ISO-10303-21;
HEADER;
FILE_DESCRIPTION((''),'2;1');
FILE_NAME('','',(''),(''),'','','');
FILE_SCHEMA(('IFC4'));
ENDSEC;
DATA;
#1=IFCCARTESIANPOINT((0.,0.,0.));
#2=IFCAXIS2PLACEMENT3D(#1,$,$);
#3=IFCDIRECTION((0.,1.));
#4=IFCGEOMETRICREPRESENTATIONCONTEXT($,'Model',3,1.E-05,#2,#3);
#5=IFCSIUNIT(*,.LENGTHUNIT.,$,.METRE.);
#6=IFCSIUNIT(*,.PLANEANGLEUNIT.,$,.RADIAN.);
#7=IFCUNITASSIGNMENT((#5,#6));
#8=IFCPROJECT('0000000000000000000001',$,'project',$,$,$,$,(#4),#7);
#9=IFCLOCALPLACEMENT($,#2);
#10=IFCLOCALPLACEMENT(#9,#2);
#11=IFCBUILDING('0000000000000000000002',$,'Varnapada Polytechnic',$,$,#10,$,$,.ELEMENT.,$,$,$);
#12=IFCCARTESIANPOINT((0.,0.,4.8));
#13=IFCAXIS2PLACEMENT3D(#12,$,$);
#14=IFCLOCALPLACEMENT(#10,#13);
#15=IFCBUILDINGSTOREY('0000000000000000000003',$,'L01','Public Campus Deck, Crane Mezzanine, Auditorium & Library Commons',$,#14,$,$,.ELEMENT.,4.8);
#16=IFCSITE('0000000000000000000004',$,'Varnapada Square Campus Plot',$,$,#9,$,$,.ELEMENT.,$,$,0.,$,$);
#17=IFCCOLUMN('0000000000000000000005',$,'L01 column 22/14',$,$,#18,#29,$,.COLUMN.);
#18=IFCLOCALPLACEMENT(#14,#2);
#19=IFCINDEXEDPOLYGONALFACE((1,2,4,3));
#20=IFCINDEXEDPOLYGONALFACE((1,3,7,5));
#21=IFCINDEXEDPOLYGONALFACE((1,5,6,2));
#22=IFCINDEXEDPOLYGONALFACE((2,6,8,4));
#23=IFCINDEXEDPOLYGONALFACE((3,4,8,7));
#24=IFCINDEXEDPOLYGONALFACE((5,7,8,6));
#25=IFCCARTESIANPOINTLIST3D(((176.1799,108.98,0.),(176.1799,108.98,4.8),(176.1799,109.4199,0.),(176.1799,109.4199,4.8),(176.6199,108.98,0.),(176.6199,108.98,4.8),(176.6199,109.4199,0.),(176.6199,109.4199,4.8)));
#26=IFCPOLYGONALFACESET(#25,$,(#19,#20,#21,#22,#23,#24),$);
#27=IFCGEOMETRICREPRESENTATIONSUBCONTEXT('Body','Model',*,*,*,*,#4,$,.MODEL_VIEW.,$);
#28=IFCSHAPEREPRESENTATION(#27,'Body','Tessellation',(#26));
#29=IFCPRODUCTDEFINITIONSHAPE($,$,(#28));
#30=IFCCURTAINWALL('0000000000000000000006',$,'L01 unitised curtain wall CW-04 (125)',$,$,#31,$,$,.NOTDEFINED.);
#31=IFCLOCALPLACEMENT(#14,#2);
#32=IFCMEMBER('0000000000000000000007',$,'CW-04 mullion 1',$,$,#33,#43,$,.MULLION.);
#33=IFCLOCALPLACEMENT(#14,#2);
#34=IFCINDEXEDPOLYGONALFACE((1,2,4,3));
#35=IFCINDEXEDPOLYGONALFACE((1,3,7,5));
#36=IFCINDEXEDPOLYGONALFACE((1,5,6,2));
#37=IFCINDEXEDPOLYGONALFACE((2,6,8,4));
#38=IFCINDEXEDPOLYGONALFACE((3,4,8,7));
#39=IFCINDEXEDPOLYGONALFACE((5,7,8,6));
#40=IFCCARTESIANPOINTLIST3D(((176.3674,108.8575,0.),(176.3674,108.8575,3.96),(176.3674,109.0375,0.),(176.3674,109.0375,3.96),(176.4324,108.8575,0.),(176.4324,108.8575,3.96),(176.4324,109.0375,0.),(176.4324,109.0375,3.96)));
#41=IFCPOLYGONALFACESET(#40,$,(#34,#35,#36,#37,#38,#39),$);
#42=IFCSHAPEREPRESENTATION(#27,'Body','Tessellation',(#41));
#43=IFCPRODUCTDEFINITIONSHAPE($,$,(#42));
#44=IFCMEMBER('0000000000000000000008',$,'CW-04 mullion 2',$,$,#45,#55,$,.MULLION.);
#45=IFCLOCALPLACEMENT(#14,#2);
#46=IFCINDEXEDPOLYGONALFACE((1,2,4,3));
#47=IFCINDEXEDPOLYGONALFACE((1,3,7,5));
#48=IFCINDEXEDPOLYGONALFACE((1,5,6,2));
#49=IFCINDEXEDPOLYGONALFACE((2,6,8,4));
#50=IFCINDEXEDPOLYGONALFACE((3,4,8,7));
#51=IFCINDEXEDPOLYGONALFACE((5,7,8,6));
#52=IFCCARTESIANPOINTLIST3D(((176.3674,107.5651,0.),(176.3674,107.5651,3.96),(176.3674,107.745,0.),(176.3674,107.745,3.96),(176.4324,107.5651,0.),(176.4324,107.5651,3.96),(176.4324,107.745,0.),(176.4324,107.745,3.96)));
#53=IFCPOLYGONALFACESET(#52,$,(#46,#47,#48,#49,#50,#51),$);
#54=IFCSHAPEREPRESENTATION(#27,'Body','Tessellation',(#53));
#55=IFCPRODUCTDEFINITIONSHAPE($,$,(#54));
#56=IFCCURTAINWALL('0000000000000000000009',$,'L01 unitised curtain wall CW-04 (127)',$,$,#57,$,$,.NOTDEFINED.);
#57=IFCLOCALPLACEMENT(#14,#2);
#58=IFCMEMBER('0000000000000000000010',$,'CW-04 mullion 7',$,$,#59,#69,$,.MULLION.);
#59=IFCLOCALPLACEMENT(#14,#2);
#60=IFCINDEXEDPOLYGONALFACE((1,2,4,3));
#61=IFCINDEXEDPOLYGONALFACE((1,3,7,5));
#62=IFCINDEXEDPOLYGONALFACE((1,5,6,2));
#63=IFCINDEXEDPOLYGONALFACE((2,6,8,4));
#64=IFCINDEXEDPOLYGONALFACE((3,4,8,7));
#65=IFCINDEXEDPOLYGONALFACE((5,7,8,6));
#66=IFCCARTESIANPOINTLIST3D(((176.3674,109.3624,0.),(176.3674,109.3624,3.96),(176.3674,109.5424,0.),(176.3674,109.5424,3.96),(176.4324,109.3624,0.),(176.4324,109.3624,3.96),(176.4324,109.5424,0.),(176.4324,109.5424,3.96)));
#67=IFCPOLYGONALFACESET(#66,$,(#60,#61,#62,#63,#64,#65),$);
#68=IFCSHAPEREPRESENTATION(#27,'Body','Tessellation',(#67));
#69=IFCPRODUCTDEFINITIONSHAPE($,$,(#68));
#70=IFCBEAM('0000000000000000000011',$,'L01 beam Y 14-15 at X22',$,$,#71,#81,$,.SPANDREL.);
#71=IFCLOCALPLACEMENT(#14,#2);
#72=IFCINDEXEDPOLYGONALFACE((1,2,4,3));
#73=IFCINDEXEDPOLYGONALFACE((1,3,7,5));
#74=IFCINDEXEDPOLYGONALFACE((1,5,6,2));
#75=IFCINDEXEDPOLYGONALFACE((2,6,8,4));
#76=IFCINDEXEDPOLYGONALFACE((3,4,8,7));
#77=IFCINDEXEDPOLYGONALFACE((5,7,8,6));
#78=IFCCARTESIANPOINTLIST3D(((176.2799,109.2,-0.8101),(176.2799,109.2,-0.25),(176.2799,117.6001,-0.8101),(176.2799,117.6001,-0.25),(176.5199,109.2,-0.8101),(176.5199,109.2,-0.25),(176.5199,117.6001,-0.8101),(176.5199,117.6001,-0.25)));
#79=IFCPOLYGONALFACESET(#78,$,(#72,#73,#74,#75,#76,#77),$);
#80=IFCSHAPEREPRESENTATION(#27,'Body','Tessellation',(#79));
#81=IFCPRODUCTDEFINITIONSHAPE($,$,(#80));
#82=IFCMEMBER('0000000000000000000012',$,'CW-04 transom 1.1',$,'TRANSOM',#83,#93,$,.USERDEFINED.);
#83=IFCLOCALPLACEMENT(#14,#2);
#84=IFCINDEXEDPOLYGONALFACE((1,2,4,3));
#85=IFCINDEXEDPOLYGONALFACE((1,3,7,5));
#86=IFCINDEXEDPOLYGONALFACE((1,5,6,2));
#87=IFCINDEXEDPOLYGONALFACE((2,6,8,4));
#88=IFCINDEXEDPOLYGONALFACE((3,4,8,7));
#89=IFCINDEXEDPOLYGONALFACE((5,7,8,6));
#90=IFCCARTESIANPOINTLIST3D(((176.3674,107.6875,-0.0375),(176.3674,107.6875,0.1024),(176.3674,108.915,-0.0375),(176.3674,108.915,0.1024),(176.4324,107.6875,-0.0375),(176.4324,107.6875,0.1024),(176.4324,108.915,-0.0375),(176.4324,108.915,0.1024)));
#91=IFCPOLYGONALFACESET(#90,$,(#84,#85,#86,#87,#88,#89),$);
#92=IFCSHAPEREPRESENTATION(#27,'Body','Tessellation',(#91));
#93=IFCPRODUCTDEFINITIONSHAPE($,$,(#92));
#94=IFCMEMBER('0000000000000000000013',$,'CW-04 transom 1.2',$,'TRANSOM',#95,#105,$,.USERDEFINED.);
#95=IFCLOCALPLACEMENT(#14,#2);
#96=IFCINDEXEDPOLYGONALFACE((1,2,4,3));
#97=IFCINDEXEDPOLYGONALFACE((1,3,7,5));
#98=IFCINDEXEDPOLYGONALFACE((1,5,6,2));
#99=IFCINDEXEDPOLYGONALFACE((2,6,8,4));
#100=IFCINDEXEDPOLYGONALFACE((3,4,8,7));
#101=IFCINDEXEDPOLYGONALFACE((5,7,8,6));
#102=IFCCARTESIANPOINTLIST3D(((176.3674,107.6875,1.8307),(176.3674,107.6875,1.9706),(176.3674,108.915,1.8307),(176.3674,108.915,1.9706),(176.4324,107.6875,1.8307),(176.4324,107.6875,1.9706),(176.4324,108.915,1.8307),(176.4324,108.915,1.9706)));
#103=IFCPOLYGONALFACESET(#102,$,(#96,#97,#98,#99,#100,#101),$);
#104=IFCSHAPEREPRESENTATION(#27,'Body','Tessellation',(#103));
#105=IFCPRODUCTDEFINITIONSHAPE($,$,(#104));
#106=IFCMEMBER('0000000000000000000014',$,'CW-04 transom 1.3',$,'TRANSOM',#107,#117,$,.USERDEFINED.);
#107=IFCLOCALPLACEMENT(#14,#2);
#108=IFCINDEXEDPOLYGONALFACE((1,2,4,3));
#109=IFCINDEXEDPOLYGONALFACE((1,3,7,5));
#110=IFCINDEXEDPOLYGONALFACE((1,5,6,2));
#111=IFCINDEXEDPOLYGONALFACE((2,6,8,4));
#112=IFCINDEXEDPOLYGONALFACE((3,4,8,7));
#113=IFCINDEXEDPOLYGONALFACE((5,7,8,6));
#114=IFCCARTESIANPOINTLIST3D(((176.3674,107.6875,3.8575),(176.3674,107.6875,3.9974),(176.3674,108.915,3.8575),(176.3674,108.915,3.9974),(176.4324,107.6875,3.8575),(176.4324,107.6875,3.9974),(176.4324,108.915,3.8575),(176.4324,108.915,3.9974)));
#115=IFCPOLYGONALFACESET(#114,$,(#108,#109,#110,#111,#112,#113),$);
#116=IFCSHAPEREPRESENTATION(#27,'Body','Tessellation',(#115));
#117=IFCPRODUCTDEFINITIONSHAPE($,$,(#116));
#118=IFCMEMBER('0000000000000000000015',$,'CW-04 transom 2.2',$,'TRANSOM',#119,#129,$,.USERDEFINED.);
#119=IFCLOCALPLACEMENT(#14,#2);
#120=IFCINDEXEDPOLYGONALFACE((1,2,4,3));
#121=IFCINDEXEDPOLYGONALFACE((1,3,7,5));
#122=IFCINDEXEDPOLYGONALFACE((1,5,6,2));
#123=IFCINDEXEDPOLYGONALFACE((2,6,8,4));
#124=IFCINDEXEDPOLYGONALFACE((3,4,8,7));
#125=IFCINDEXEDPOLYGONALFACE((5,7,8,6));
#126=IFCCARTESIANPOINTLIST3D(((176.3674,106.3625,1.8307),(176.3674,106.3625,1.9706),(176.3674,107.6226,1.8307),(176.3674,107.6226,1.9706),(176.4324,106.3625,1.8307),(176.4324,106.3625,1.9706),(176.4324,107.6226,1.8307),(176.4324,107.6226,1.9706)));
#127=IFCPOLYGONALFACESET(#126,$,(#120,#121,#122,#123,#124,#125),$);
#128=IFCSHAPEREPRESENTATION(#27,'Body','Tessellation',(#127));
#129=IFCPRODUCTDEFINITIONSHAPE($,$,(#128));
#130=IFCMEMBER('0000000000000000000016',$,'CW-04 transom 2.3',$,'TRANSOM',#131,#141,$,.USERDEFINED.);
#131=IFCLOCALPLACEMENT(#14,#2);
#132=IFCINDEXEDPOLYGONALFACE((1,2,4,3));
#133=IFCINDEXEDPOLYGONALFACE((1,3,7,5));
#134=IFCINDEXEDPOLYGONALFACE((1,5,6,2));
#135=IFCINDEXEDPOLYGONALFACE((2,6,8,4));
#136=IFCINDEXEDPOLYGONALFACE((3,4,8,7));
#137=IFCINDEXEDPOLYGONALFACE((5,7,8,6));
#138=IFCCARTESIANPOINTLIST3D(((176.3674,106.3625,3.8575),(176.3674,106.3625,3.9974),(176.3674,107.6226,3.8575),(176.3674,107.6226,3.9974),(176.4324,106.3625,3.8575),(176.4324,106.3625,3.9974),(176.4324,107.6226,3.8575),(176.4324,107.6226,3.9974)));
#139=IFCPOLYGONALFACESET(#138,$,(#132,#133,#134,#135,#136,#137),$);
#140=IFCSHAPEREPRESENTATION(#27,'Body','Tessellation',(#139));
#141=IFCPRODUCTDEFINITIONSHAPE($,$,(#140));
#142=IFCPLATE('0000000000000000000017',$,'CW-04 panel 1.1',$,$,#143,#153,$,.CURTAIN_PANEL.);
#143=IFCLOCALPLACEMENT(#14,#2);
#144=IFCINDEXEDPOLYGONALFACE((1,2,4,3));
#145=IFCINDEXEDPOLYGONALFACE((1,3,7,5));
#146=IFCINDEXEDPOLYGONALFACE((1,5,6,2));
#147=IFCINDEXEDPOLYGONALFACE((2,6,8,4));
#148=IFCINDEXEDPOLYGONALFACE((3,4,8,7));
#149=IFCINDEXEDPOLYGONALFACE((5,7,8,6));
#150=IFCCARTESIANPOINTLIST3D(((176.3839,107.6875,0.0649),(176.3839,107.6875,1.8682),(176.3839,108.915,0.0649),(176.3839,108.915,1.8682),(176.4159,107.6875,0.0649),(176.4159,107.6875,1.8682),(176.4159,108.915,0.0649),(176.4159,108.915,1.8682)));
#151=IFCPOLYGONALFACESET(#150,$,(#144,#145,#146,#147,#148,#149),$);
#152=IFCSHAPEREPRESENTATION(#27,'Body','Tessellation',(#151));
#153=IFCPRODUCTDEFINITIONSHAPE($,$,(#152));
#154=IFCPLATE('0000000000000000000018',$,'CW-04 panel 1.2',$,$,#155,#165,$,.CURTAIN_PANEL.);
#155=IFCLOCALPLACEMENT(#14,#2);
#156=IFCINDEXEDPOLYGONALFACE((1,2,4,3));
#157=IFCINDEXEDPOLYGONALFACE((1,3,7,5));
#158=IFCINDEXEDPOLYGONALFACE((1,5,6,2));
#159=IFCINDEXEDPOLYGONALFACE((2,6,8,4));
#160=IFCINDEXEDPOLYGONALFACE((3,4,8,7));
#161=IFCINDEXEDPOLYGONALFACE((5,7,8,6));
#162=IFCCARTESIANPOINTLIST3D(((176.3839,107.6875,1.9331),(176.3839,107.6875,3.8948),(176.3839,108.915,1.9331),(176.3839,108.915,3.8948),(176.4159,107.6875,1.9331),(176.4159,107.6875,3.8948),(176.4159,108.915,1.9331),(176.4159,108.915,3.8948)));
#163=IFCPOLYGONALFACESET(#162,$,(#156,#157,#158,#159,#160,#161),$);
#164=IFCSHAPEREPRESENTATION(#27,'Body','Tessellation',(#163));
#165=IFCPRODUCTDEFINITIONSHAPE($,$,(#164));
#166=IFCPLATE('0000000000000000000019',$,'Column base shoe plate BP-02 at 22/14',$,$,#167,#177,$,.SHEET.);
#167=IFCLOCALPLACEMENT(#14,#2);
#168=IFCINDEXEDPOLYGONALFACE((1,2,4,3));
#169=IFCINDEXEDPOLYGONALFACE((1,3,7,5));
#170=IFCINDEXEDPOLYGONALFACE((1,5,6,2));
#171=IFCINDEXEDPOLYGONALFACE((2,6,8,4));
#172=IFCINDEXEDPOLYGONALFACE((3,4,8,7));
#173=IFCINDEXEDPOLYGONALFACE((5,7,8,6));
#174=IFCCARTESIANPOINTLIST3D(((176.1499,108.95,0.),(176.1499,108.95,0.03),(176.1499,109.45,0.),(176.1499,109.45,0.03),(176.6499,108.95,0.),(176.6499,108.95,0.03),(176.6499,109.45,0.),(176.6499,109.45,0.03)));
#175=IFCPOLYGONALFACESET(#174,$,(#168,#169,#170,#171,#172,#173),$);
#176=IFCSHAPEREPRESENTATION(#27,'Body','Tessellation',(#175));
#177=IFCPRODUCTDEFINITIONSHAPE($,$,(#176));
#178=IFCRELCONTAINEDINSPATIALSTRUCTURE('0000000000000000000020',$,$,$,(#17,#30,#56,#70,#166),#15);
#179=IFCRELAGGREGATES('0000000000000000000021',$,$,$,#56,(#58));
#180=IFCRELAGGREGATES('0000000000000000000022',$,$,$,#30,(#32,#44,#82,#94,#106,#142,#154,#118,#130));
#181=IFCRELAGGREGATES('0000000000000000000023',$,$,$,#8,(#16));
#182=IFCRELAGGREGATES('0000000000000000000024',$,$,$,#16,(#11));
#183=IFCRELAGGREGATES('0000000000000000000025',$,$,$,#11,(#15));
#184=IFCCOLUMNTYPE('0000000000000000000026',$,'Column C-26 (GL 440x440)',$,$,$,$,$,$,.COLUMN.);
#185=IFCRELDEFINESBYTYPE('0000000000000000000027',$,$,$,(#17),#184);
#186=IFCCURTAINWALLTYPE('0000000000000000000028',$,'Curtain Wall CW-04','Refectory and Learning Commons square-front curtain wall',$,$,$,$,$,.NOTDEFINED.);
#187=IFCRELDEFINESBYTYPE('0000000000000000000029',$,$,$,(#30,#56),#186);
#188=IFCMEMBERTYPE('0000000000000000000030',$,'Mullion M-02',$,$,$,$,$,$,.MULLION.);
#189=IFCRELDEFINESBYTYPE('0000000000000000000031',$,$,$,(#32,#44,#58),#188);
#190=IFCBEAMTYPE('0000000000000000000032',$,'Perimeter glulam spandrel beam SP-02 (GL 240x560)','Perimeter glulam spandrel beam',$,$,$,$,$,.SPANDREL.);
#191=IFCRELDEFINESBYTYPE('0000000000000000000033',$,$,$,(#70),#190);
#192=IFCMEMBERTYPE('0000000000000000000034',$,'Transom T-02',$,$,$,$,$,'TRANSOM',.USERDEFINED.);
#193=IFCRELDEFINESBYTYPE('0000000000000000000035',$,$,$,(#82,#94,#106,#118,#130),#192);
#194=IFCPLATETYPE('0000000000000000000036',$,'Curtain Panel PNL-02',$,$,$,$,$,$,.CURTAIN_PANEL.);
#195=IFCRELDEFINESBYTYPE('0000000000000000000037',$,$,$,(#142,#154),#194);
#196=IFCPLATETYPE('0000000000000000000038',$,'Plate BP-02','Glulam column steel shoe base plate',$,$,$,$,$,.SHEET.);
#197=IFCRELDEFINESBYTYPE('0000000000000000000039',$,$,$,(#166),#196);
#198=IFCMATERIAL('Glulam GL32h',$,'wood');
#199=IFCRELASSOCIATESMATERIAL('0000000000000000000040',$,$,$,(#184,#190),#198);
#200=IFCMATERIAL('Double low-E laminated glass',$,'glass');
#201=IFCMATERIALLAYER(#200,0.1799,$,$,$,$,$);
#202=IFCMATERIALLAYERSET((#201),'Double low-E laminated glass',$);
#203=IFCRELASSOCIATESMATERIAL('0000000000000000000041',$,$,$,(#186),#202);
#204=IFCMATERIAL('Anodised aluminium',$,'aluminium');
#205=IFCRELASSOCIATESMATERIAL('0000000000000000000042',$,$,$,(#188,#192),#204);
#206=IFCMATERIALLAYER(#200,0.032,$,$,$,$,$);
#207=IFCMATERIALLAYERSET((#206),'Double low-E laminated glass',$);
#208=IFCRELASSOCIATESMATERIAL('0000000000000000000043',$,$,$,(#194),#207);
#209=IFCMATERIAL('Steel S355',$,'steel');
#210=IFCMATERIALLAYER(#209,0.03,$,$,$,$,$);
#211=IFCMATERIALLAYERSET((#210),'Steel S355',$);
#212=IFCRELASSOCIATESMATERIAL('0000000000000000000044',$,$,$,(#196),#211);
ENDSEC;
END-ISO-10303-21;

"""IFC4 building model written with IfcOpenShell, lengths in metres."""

from ifc_helpers import new_model, si_unit, direction, frame, origin, origin_2d, place, context, subcontext, project, spatial, rectangle, extrude, material, layer, layer_set, material_profile, profile_set, type_object, element, aggregate, save


model = new_model("IFC4")

# Units and contexts
model_context = context("Model", 3, precision=1e-05, world=origin(), true_north=direction((0.0, 1.0)))
body_context = subcontext(model_context, "Body", "Model", "MODEL_VIEW")
ifc_project = project(units=[si_unit("LENGTHUNIT", "METRE"), si_unit("PLANEANGLEUNIT", "RADIAN")], contexts=[model_context])

# Site, building, storey
site_placement = place(None, origin())
site = spatial("IfcSite", under=ifc_project, at=site_placement, Name="Varnapada Square Campus Plot", CompositionType="ELEMENT", RefElevation=0.0)
building_placement = place(site_placement, origin())
building = spatial("IfcBuilding", under=site, at=building_placement, Name="Varnapada Polytechnic", CompositionType="ELEMENT")
storey_placement = place(building_placement, frame((0.0, 0.0, 4.8)))
storey = spatial("IfcBuildingStorey", under=building, at=storey_placement, Name="L01", Description="Public Campus Deck, Crane Mezzanine, Auditorium & Library Commons", CompositionType="ELEMENT", Elevation=4.8)

# Column
ifc_material_1 = material(Name="Glulam GL32h", Category="wood")
ifc_material_profile_1 = material_profile(ifc_material_1, rectangle(XDim=0.4399, YDim=0.4399, at=origin_2d()), Name="GL 440x440")
ifc_profile_set_1 = profile_set([ifc_material_profile_1], Name="Glulam GL32h")
column_type = type_object("IfcColumnType", Name="Column C-26 (GL 440x440)", PredefinedType="COLUMN", material=ifc_profile_set_1)
column_placement = place(storey_placement, frame((176.3999, 109.2, 0.0), z_axis=(0.0, 0.0, 1.0), x_axis=(1.0, 0.0, 0.0)))
element("IfcColumn", 1, at=column_placement, inside=storey, type_object=column_type, Name="L01 column 22/14", PredefinedType="COLUMN", context=body_context, shape_type="SweptSolid", body=[
    extrude(rectangle(XDim=0.4399, YDim=0.4399, at=origin_2d()), origin(), (0.0, 0.0, 1.0), 4.8),
])

# Curtain wall, members
ifc_material_2 = material(Name="Double low-E laminated glass", Category="glass")
ifc_layer_1 = layer(ifc_material_2, 0.1799)
ifc_layer_set_1 = layer_set([ifc_layer_1], Name="Double low-E laminated glass")
curtain_wall_type = type_object("IfcCurtainWallType", Name="Curtain Wall CW-04", Description="Refectory and Learning Commons square-front curtain wall", PredefinedType="NOTDEFINED", material=ifc_layer_set_1)
curtain_wall_1_placement = place(storey_placement, origin())
curtain_wall_1 = element("IfcCurtainWall", 2, at=curtain_wall_1_placement, inside=storey, type_object=curtain_wall_type, Name="L01 unitised curtain wall CW-04 (125)", PredefinedType="NOTDEFINED")
ifc_material_3 = material(Name="Anodised aluminium", Category="aluminium")
ifc_material_profile_2 = material_profile(ifc_material_3, rectangle(XDim=0.0649, YDim=0.1799, at=origin_2d()), Name="ALU M65x180")
ifc_profile_set_2 = profile_set([ifc_material_profile_2], Name="Anodised aluminium")
member_type_1 = type_object("IfcMemberType", Name="Mullion M-02", PredefinedType="MULLION", material=ifc_profile_set_2)
member_1_placement = place(storey_placement, frame((176.3999, 108.9475, 0.0), z_axis=(0.0, 0.0, 1.0), x_axis=(1.0, 0.0, 0.0)))
member_1 = element("IfcMember", 3, at=member_1_placement, type_object=member_type_1, Name="CW-04 mullion 1", PredefinedType="MULLION", context=body_context, shape_type="SweptSolid", body=[
    extrude(rectangle(XDim=0.0649, YDim=0.1799, at=origin_2d()), origin(), (0.0, 0.0, 1.0), 3.96),
])
member_2_placement = place(storey_placement, frame((176.3999, 107.655, 0.0), z_axis=(0.0, 0.0, 1.0), x_axis=(1.0, 0.0, 0.0)))
member_2 = element("IfcMember", 4, at=member_2_placement, type_object=member_type_1, Name="CW-04 mullion 2", PredefinedType="MULLION", context=body_context, shape_type="SweptSolid", body=[
    extrude(rectangle(XDim=0.0649, YDim=0.1799, at=origin_2d()), origin(), (0.0, 0.0, 1.0), 3.96),
])

# Curtain wall, member
curtain_wall_2_placement = place(storey_placement, origin())
curtain_wall_2 = element("IfcCurtainWall", 5, at=curtain_wall_2_placement, inside=storey, type_object=curtain_wall_type, Name="L01 unitised curtain wall CW-04 (127)", PredefinedType="NOTDEFINED")
member_3_placement = place(storey_placement, frame((176.3999, 109.4524, 0.0), z_axis=(0.0, 0.0, 1.0), x_axis=(1.0, 0.0, 0.0)))
member_3 = element("IfcMember", 6, at=member_3_placement, type_object=member_type_1, Name="CW-04 mullion 7", PredefinedType="MULLION", context=body_context, shape_type="SweptSolid", body=[
    extrude(rectangle(XDim=0.0649, YDim=0.1799, at=origin_2d()), origin(), (0.0, 0.0, 1.0), 3.96),
])
aggregate(curtain_wall_2, [member_3])

# Beam
ifc_material_profile_3 = material_profile(ifc_material_1, rectangle(XDim=0.24, YDim=0.5601, at=origin_2d()), Name="GL 240x560")
ifc_profile_set_3 = profile_set([ifc_material_profile_3], Name="Glulam GL32h")
beam_type = type_object("IfcBeamType", Name="Perimeter glulam spandrel beam SP-02 (GL 240x560)", Description="Perimeter glulam spandrel beam", PredefinedType="SPANDREL", material=ifc_profile_set_3)
beam_placement = place(storey_placement, frame((176.3999, 109.2, -0.53), z_axis=(0.0, 1.0, 0.0), x_axis=(-1.0, 0.0, 0.0)))
element("IfcBeam", 7, at=beam_placement, inside=storey, type_object=beam_type, Name="L01 beam Y 14-15 at X22", PredefinedType="SPANDREL", context=body_context, shape_type="SweptSolid", body=[
    extrude(rectangle(XDim=0.24, YDim=0.5601, at=origin_2d()), origin(), (0.0, 0.0, 1.0), 8.4001),
])

# Members
ifc_material_profile_4 = material_profile(ifc_material_3, rectangle(XDim=0.0649, YDim=0.1399, at=origin_2d()), Name="ALU T65x140")
ifc_profile_set_4 = profile_set([ifc_material_profile_4], Name="Anodised aluminium")
member_type_2 = type_object("IfcMemberType", Name="Transom T-02", ElementType="TRANSOM", PredefinedType="USERDEFINED", material=ifc_profile_set_4)
member_4_placement = place(storey_placement, frame((176.3999, 108.915, 0.0325), z_axis=(0.0, -1.0, 0.0), x_axis=(1.0, 0.0, 0.0)))
member_4 = element("IfcMember", 8, at=member_4_placement, type_object=member_type_2, Name="CW-04 transom 1.1", ObjectType="TRANSOM", PredefinedType="USERDEFINED", context=body_context, shape_type="SweptSolid", body=[
    extrude(rectangle(XDim=0.0649, YDim=0.1399, at=origin_2d()), origin(), (0.0, 0.0, 1.0), 1.2275),
])
member_5_placement = place(storey_placement, frame((176.3999, 108.915, 1.9006), z_axis=(0.0, -1.0, 0.0), x_axis=(1.0, 0.0, 0.0)))
member_5 = element("IfcMember", 9, at=member_5_placement, type_object=member_type_2, Name="CW-04 transom 1.2", ObjectType="TRANSOM", PredefinedType="USERDEFINED", context=body_context, shape_type="SweptSolid", body=[
    extrude(rectangle(XDim=0.0649, YDim=0.1399, at=origin_2d()), origin(), (0.0, 0.0, 1.0), 1.2275),
])
member_6_placement = place(storey_placement, frame((176.3999, 108.915, 3.9275), z_axis=(0.0, -1.0, 0.0), x_axis=(1.0, 0.0, 0.0)))
member_6 = element("IfcMember", 10, at=member_6_placement, type_object=member_type_2, Name="CW-04 transom 1.3", ObjectType="TRANSOM", PredefinedType="USERDEFINED", context=body_context, shape_type="SweptSolid", body=[
    extrude(rectangle(XDim=0.0649, YDim=0.1399, at=origin_2d()), origin(), (0.0, 0.0, 1.0), 1.2275),
])
member_7_placement = place(storey_placement, frame((176.3999, 107.6226, 1.9006), z_axis=(0.0, -1.0, 0.0), x_axis=(1.0, 0.0, 0.0)))
member_7 = element("IfcMember", 11, at=member_7_placement, type_object=member_type_2, Name="CW-04 transom 2.2", ObjectType="TRANSOM", PredefinedType="USERDEFINED", context=body_context, shape_type="SweptSolid", body=[
    extrude(rectangle(XDim=0.0649, YDim=0.1399, at=origin_2d()), origin(), (0.0, 0.0, 1.0), 1.26),
])
member_8_placement = place(storey_placement, frame((176.3999, 107.6226, 3.9275), z_axis=(0.0, -1.0, 0.0), x_axis=(1.0, 0.0, 0.0)))
member_8 = element("IfcMember", 12, at=member_8_placement, type_object=member_type_2, Name="CW-04 transom 2.3", ObjectType="TRANSOM", PredefinedType="USERDEFINED", context=body_context, shape_type="SweptSolid", body=[
    extrude(rectangle(XDim=0.0649, YDim=0.1399, at=origin_2d()), origin(), (0.0, 0.0, 1.0), 1.26),
])

# Plates
ifc_layer_2 = layer(ifc_material_2, 0.032)
ifc_layer_set_2 = layer_set([ifc_layer_2], Name="Double low-E laminated glass")
plate_type_1 = type_object("IfcPlateType", Name="Curtain Panel PNL-02", PredefinedType="CURTAIN_PANEL", material=ifc_layer_set_2)
plate_1_placement = place(storey_placement, frame((176.3999, 108.3013, 0.0649), z_axis=(0.0, 0.0, 1.0), x_axis=(0.0, -1.0, 0.0)))
plate_1 = element("IfcPlate", 13, at=plate_1_placement, type_object=plate_type_1, Name="CW-04 panel 1.1", PredefinedType="CURTAIN_PANEL", context=body_context, shape_type="SweptSolid", body=[
    extrude(rectangle(XDim=1.2275, YDim=0.032, at=origin_2d()), origin(), (0.0, 0.0, 1.0), 1.8032),
])
plate_2_placement = place(storey_placement, frame((176.3999, 108.3013, 1.9331), z_axis=(0.0, 0.0, 1.0), x_axis=(0.0, -1.0, 0.0)))
plate_2 = element("IfcPlate", 14, at=plate_2_placement, type_object=plate_type_1, Name="CW-04 panel 1.2", PredefinedType="CURTAIN_PANEL", context=body_context, shape_type="SweptSolid", body=[
    extrude(rectangle(XDim=1.2275, YDim=0.032, at=origin_2d()), origin(), (0.0, 0.0, 1.0), 1.9617),
])
aggregate(curtain_wall_1, [member_1, member_2, member_4, member_5, member_6, plate_1, plate_2, member_7, member_8])
ifc_material_4 = material(Name="Steel S355", Category="steel")
ifc_layer_3 = layer(ifc_material_4, 0.03)
ifc_layer_set_3 = layer_set([ifc_layer_3], Name="Steel S355")
plate_type_2 = type_object("IfcPlateType", Name="Plate BP-02", Description="Glulam column steel shoe base plate", PredefinedType="SHEET", material=ifc_layer_set_3)
plate_3_placement = place(storey_placement, frame((176.3999, 109.2, 0.0), z_axis=(0.0, 0.0, 1.0), x_axis=(1.0, 0.0, 0.0)))
element("IfcPlate", 15, at=plate_3_placement, inside=storey, type_object=plate_type_2, Name="Column base shoe plate BP-02 at 22/14", PredefinedType="SHEET", context=body_context, shape_type="SweptSolid", body=[
    extrude(rectangle(XDim=0.5, YDim=0.5, at=origin_2d()), origin(), (0.0, 0.0, 1.0), 0.03),
])

save(model, "model.ifc")
